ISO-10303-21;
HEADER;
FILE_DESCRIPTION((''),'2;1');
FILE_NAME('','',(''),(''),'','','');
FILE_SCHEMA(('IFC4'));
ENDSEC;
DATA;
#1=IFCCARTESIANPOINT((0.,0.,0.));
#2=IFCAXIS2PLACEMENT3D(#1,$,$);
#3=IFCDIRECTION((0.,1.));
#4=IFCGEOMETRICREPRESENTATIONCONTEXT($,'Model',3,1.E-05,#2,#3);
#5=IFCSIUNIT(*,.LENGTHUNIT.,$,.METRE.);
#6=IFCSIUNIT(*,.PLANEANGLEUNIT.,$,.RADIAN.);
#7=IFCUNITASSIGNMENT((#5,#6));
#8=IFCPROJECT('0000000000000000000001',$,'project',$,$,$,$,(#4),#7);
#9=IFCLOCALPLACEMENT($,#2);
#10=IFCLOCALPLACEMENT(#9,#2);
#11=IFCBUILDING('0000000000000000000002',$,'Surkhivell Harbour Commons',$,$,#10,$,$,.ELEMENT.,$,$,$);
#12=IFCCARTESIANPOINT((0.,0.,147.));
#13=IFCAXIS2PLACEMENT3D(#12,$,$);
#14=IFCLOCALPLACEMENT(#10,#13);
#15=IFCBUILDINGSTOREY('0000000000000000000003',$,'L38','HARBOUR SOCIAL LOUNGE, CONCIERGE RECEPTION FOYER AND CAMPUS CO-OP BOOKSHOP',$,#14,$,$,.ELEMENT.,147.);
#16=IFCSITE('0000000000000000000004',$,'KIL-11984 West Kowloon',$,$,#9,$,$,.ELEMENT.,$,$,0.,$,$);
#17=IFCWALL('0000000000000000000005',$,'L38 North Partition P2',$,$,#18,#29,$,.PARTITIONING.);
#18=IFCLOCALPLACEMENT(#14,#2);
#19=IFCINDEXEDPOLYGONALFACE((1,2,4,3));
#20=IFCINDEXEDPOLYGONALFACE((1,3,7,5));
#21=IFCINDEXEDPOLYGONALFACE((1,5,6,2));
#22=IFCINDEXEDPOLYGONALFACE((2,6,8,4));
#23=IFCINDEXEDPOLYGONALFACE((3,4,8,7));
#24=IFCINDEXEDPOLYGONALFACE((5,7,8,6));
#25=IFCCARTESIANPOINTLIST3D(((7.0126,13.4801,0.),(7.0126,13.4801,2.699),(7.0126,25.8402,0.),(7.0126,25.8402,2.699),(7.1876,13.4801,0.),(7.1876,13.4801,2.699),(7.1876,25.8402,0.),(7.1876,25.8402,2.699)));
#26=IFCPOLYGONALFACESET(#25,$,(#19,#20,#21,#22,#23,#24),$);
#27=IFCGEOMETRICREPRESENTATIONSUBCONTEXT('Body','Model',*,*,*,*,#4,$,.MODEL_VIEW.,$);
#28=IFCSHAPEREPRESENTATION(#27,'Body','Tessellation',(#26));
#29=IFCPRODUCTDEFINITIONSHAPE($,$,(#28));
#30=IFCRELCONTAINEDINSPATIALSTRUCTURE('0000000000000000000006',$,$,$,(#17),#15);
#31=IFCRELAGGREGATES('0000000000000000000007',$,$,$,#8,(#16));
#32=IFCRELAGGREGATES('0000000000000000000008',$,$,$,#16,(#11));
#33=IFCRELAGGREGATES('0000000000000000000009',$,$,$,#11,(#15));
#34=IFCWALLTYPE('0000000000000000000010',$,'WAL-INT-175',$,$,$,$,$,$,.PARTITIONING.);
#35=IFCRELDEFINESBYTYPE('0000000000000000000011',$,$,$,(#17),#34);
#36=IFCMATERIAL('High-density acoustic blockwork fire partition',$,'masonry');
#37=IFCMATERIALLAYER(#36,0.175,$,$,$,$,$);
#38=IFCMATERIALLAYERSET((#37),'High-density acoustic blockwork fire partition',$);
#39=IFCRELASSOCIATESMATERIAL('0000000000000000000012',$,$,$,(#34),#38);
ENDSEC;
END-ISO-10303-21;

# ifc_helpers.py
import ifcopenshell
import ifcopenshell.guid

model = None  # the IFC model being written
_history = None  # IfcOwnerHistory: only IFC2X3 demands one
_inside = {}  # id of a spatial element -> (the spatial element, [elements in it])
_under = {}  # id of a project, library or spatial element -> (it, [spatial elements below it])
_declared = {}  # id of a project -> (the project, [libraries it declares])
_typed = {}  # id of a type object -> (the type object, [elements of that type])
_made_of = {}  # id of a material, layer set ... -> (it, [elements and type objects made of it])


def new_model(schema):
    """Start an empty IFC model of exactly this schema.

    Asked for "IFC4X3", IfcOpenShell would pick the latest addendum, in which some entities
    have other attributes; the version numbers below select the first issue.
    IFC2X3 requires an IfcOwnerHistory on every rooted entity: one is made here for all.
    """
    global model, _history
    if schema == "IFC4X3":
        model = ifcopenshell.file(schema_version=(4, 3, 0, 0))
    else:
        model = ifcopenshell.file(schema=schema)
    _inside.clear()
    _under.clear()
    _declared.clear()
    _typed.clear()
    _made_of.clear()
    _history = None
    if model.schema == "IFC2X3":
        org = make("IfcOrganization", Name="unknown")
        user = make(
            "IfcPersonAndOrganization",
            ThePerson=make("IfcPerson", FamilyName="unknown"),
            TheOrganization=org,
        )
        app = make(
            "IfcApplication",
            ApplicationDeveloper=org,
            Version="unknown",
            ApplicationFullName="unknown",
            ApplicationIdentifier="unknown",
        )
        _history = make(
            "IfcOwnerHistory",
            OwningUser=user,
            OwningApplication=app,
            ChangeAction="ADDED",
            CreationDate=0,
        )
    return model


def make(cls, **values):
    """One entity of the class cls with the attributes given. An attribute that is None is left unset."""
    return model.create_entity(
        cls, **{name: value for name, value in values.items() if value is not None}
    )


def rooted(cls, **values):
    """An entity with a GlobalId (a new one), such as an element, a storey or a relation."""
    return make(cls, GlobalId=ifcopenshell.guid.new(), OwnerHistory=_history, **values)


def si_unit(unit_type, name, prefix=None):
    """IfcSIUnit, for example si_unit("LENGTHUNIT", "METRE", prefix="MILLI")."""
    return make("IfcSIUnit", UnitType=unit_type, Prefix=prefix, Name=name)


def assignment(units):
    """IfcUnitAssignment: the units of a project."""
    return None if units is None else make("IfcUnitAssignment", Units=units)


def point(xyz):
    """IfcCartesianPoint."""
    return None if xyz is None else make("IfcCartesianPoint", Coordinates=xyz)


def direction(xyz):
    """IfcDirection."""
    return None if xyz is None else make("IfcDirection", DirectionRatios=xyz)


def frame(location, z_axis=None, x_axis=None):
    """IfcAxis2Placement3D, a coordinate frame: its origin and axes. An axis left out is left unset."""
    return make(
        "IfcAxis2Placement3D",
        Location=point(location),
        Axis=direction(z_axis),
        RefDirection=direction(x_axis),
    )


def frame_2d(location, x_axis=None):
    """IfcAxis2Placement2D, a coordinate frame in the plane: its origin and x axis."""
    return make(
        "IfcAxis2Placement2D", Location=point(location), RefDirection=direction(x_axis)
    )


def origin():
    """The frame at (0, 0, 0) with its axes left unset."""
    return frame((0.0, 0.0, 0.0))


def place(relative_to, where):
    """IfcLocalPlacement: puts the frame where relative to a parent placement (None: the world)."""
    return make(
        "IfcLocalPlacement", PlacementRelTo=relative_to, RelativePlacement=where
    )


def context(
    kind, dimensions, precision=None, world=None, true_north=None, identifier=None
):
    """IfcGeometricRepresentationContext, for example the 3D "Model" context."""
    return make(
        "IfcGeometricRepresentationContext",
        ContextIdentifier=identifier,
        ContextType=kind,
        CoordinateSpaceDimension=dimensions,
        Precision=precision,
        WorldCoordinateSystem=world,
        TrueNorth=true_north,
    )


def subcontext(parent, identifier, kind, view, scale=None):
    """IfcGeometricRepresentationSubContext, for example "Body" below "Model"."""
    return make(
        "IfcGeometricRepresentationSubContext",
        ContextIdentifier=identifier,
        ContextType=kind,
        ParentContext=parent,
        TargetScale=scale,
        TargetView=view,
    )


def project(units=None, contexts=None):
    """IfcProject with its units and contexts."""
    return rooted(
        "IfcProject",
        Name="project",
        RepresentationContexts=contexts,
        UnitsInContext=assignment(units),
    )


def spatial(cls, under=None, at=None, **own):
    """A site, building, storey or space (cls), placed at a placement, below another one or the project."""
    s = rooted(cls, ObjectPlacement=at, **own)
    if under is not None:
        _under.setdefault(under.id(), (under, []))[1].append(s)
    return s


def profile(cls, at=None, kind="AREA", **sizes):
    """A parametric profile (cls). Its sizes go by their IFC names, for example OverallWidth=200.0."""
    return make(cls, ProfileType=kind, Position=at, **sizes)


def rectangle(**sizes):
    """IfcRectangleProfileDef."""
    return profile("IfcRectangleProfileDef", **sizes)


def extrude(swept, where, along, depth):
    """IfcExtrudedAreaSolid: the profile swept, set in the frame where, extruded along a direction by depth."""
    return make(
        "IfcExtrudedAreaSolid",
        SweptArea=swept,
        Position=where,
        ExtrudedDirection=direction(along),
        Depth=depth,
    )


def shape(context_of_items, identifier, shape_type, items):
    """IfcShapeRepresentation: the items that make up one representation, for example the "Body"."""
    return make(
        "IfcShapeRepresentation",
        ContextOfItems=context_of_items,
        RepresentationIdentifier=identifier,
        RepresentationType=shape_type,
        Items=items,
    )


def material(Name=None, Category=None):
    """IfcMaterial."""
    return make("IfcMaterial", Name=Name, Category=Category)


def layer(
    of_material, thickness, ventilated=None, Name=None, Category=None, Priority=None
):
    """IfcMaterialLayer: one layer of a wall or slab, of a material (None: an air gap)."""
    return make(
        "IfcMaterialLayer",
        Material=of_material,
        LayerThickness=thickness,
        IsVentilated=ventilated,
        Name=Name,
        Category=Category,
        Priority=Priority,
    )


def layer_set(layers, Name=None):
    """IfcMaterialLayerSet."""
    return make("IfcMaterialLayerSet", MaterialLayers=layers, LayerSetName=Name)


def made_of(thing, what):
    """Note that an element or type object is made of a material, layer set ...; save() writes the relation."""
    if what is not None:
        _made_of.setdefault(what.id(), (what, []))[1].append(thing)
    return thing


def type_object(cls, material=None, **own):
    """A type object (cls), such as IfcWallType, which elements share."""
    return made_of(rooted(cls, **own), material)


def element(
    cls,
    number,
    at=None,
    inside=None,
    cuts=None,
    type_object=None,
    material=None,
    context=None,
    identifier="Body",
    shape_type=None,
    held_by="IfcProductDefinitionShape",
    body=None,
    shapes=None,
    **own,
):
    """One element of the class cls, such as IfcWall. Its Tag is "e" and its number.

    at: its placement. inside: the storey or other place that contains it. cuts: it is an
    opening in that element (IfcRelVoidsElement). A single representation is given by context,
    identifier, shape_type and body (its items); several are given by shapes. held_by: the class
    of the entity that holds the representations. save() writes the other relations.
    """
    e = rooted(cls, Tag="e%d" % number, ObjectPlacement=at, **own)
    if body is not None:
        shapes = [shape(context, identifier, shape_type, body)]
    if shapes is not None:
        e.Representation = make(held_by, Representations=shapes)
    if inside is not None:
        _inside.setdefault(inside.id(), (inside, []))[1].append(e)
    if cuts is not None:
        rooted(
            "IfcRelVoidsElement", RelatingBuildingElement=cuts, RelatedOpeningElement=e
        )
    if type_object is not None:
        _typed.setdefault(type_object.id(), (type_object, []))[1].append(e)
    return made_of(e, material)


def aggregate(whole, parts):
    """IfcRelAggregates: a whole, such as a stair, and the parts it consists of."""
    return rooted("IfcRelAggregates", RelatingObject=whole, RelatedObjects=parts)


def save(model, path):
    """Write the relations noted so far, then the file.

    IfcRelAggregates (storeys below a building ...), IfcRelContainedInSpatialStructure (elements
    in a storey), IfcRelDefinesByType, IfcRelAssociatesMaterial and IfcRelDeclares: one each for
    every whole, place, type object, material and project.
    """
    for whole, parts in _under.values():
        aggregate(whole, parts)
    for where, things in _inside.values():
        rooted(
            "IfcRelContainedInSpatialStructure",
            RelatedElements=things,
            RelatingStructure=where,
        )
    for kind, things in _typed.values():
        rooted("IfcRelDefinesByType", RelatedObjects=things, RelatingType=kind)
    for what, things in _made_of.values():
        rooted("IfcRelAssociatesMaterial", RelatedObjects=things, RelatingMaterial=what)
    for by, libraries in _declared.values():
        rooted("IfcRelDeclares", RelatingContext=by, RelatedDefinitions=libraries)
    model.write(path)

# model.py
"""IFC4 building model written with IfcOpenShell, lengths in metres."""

from ifc_helpers import new_model, si_unit, direction, frame, frame_2d, origin, place, context, subcontext, project, spatial, rectangle, extrude, material, layer, layer_set, type_object, element, save


model = new_model("IFC4")

# Units and contexts
model_context = context("Model", 3, precision=1e-05, world=origin(), true_north=direction((0.0, 1.0)))
body_context = subcontext(model_context, "Body", "Model", "MODEL_VIEW")
ifc_project = project(units=[si_unit("LENGTHUNIT", "METRE"), si_unit("PLANEANGLEUNIT", "RADIAN")], contexts=[model_context])

# Site, building, storey
site_placement = place(None, origin())
site = spatial("IfcSite", under=ifc_project, at=site_placement, Name="KIL-11984 West Kowloon", CompositionType="ELEMENT", RefElevation=0.0)
building_placement = place(site_placement, origin())
building = spatial("IfcBuilding", under=site, at=building_placement, Name="Surkhivell Harbour Commons", CompositionType="ELEMENT")
storey_placement = place(building_placement, frame((0.0, 0.0, 147.0)))
storey = spatial("IfcBuildingStorey", under=building, at=storey_placement, Name="L38", Description="HARBOUR SOCIAL LOUNGE, CONCIERGE RECEPTION FOYER AND CAMPUS CO-OP BOOKSHOP", CompositionType="ELEMENT", Elevation=147.0)

# Wall
ifc_material_1 = material(Name="High-density acoustic blockwork fire partition", Category="masonry")
ifc_layer_1 = layer(ifc_material_1, 0.175)
ifc_layer_set_1 = layer_set([ifc_layer_1], Name="High-density acoustic blockwork fire partition")
wall_type_1 = type_object("IfcWallType", Name="WAL-INT-175", PredefinedType="PARTITIONING", material=ifc_layer_set_1)
for number, where, z_axis, x_axis, name in (
    (1, (7.1001, 13.48, 0.0), (0.0, 0.0, 1.0), (0.0, 1.0, 0.0), "L38 North Partition P2"),
):
    element("IfcWall", number, at=place(storey_placement, frame(where, z_axis=z_axis, x_axis=x_axis)), inside=storey, type_object=wall_type_1, Name=name, PredefinedType="PARTITIONING", context=body_context, shape_type="SweptSolid", body=[
        extrude(rectangle(XDim=12.3601, YDim=0.175, at=frame_2d((6.1802, 0.0))), origin(), (0.0, 0.0, 1.0), 2.699),
    ])

save(model, "model.ifc")
